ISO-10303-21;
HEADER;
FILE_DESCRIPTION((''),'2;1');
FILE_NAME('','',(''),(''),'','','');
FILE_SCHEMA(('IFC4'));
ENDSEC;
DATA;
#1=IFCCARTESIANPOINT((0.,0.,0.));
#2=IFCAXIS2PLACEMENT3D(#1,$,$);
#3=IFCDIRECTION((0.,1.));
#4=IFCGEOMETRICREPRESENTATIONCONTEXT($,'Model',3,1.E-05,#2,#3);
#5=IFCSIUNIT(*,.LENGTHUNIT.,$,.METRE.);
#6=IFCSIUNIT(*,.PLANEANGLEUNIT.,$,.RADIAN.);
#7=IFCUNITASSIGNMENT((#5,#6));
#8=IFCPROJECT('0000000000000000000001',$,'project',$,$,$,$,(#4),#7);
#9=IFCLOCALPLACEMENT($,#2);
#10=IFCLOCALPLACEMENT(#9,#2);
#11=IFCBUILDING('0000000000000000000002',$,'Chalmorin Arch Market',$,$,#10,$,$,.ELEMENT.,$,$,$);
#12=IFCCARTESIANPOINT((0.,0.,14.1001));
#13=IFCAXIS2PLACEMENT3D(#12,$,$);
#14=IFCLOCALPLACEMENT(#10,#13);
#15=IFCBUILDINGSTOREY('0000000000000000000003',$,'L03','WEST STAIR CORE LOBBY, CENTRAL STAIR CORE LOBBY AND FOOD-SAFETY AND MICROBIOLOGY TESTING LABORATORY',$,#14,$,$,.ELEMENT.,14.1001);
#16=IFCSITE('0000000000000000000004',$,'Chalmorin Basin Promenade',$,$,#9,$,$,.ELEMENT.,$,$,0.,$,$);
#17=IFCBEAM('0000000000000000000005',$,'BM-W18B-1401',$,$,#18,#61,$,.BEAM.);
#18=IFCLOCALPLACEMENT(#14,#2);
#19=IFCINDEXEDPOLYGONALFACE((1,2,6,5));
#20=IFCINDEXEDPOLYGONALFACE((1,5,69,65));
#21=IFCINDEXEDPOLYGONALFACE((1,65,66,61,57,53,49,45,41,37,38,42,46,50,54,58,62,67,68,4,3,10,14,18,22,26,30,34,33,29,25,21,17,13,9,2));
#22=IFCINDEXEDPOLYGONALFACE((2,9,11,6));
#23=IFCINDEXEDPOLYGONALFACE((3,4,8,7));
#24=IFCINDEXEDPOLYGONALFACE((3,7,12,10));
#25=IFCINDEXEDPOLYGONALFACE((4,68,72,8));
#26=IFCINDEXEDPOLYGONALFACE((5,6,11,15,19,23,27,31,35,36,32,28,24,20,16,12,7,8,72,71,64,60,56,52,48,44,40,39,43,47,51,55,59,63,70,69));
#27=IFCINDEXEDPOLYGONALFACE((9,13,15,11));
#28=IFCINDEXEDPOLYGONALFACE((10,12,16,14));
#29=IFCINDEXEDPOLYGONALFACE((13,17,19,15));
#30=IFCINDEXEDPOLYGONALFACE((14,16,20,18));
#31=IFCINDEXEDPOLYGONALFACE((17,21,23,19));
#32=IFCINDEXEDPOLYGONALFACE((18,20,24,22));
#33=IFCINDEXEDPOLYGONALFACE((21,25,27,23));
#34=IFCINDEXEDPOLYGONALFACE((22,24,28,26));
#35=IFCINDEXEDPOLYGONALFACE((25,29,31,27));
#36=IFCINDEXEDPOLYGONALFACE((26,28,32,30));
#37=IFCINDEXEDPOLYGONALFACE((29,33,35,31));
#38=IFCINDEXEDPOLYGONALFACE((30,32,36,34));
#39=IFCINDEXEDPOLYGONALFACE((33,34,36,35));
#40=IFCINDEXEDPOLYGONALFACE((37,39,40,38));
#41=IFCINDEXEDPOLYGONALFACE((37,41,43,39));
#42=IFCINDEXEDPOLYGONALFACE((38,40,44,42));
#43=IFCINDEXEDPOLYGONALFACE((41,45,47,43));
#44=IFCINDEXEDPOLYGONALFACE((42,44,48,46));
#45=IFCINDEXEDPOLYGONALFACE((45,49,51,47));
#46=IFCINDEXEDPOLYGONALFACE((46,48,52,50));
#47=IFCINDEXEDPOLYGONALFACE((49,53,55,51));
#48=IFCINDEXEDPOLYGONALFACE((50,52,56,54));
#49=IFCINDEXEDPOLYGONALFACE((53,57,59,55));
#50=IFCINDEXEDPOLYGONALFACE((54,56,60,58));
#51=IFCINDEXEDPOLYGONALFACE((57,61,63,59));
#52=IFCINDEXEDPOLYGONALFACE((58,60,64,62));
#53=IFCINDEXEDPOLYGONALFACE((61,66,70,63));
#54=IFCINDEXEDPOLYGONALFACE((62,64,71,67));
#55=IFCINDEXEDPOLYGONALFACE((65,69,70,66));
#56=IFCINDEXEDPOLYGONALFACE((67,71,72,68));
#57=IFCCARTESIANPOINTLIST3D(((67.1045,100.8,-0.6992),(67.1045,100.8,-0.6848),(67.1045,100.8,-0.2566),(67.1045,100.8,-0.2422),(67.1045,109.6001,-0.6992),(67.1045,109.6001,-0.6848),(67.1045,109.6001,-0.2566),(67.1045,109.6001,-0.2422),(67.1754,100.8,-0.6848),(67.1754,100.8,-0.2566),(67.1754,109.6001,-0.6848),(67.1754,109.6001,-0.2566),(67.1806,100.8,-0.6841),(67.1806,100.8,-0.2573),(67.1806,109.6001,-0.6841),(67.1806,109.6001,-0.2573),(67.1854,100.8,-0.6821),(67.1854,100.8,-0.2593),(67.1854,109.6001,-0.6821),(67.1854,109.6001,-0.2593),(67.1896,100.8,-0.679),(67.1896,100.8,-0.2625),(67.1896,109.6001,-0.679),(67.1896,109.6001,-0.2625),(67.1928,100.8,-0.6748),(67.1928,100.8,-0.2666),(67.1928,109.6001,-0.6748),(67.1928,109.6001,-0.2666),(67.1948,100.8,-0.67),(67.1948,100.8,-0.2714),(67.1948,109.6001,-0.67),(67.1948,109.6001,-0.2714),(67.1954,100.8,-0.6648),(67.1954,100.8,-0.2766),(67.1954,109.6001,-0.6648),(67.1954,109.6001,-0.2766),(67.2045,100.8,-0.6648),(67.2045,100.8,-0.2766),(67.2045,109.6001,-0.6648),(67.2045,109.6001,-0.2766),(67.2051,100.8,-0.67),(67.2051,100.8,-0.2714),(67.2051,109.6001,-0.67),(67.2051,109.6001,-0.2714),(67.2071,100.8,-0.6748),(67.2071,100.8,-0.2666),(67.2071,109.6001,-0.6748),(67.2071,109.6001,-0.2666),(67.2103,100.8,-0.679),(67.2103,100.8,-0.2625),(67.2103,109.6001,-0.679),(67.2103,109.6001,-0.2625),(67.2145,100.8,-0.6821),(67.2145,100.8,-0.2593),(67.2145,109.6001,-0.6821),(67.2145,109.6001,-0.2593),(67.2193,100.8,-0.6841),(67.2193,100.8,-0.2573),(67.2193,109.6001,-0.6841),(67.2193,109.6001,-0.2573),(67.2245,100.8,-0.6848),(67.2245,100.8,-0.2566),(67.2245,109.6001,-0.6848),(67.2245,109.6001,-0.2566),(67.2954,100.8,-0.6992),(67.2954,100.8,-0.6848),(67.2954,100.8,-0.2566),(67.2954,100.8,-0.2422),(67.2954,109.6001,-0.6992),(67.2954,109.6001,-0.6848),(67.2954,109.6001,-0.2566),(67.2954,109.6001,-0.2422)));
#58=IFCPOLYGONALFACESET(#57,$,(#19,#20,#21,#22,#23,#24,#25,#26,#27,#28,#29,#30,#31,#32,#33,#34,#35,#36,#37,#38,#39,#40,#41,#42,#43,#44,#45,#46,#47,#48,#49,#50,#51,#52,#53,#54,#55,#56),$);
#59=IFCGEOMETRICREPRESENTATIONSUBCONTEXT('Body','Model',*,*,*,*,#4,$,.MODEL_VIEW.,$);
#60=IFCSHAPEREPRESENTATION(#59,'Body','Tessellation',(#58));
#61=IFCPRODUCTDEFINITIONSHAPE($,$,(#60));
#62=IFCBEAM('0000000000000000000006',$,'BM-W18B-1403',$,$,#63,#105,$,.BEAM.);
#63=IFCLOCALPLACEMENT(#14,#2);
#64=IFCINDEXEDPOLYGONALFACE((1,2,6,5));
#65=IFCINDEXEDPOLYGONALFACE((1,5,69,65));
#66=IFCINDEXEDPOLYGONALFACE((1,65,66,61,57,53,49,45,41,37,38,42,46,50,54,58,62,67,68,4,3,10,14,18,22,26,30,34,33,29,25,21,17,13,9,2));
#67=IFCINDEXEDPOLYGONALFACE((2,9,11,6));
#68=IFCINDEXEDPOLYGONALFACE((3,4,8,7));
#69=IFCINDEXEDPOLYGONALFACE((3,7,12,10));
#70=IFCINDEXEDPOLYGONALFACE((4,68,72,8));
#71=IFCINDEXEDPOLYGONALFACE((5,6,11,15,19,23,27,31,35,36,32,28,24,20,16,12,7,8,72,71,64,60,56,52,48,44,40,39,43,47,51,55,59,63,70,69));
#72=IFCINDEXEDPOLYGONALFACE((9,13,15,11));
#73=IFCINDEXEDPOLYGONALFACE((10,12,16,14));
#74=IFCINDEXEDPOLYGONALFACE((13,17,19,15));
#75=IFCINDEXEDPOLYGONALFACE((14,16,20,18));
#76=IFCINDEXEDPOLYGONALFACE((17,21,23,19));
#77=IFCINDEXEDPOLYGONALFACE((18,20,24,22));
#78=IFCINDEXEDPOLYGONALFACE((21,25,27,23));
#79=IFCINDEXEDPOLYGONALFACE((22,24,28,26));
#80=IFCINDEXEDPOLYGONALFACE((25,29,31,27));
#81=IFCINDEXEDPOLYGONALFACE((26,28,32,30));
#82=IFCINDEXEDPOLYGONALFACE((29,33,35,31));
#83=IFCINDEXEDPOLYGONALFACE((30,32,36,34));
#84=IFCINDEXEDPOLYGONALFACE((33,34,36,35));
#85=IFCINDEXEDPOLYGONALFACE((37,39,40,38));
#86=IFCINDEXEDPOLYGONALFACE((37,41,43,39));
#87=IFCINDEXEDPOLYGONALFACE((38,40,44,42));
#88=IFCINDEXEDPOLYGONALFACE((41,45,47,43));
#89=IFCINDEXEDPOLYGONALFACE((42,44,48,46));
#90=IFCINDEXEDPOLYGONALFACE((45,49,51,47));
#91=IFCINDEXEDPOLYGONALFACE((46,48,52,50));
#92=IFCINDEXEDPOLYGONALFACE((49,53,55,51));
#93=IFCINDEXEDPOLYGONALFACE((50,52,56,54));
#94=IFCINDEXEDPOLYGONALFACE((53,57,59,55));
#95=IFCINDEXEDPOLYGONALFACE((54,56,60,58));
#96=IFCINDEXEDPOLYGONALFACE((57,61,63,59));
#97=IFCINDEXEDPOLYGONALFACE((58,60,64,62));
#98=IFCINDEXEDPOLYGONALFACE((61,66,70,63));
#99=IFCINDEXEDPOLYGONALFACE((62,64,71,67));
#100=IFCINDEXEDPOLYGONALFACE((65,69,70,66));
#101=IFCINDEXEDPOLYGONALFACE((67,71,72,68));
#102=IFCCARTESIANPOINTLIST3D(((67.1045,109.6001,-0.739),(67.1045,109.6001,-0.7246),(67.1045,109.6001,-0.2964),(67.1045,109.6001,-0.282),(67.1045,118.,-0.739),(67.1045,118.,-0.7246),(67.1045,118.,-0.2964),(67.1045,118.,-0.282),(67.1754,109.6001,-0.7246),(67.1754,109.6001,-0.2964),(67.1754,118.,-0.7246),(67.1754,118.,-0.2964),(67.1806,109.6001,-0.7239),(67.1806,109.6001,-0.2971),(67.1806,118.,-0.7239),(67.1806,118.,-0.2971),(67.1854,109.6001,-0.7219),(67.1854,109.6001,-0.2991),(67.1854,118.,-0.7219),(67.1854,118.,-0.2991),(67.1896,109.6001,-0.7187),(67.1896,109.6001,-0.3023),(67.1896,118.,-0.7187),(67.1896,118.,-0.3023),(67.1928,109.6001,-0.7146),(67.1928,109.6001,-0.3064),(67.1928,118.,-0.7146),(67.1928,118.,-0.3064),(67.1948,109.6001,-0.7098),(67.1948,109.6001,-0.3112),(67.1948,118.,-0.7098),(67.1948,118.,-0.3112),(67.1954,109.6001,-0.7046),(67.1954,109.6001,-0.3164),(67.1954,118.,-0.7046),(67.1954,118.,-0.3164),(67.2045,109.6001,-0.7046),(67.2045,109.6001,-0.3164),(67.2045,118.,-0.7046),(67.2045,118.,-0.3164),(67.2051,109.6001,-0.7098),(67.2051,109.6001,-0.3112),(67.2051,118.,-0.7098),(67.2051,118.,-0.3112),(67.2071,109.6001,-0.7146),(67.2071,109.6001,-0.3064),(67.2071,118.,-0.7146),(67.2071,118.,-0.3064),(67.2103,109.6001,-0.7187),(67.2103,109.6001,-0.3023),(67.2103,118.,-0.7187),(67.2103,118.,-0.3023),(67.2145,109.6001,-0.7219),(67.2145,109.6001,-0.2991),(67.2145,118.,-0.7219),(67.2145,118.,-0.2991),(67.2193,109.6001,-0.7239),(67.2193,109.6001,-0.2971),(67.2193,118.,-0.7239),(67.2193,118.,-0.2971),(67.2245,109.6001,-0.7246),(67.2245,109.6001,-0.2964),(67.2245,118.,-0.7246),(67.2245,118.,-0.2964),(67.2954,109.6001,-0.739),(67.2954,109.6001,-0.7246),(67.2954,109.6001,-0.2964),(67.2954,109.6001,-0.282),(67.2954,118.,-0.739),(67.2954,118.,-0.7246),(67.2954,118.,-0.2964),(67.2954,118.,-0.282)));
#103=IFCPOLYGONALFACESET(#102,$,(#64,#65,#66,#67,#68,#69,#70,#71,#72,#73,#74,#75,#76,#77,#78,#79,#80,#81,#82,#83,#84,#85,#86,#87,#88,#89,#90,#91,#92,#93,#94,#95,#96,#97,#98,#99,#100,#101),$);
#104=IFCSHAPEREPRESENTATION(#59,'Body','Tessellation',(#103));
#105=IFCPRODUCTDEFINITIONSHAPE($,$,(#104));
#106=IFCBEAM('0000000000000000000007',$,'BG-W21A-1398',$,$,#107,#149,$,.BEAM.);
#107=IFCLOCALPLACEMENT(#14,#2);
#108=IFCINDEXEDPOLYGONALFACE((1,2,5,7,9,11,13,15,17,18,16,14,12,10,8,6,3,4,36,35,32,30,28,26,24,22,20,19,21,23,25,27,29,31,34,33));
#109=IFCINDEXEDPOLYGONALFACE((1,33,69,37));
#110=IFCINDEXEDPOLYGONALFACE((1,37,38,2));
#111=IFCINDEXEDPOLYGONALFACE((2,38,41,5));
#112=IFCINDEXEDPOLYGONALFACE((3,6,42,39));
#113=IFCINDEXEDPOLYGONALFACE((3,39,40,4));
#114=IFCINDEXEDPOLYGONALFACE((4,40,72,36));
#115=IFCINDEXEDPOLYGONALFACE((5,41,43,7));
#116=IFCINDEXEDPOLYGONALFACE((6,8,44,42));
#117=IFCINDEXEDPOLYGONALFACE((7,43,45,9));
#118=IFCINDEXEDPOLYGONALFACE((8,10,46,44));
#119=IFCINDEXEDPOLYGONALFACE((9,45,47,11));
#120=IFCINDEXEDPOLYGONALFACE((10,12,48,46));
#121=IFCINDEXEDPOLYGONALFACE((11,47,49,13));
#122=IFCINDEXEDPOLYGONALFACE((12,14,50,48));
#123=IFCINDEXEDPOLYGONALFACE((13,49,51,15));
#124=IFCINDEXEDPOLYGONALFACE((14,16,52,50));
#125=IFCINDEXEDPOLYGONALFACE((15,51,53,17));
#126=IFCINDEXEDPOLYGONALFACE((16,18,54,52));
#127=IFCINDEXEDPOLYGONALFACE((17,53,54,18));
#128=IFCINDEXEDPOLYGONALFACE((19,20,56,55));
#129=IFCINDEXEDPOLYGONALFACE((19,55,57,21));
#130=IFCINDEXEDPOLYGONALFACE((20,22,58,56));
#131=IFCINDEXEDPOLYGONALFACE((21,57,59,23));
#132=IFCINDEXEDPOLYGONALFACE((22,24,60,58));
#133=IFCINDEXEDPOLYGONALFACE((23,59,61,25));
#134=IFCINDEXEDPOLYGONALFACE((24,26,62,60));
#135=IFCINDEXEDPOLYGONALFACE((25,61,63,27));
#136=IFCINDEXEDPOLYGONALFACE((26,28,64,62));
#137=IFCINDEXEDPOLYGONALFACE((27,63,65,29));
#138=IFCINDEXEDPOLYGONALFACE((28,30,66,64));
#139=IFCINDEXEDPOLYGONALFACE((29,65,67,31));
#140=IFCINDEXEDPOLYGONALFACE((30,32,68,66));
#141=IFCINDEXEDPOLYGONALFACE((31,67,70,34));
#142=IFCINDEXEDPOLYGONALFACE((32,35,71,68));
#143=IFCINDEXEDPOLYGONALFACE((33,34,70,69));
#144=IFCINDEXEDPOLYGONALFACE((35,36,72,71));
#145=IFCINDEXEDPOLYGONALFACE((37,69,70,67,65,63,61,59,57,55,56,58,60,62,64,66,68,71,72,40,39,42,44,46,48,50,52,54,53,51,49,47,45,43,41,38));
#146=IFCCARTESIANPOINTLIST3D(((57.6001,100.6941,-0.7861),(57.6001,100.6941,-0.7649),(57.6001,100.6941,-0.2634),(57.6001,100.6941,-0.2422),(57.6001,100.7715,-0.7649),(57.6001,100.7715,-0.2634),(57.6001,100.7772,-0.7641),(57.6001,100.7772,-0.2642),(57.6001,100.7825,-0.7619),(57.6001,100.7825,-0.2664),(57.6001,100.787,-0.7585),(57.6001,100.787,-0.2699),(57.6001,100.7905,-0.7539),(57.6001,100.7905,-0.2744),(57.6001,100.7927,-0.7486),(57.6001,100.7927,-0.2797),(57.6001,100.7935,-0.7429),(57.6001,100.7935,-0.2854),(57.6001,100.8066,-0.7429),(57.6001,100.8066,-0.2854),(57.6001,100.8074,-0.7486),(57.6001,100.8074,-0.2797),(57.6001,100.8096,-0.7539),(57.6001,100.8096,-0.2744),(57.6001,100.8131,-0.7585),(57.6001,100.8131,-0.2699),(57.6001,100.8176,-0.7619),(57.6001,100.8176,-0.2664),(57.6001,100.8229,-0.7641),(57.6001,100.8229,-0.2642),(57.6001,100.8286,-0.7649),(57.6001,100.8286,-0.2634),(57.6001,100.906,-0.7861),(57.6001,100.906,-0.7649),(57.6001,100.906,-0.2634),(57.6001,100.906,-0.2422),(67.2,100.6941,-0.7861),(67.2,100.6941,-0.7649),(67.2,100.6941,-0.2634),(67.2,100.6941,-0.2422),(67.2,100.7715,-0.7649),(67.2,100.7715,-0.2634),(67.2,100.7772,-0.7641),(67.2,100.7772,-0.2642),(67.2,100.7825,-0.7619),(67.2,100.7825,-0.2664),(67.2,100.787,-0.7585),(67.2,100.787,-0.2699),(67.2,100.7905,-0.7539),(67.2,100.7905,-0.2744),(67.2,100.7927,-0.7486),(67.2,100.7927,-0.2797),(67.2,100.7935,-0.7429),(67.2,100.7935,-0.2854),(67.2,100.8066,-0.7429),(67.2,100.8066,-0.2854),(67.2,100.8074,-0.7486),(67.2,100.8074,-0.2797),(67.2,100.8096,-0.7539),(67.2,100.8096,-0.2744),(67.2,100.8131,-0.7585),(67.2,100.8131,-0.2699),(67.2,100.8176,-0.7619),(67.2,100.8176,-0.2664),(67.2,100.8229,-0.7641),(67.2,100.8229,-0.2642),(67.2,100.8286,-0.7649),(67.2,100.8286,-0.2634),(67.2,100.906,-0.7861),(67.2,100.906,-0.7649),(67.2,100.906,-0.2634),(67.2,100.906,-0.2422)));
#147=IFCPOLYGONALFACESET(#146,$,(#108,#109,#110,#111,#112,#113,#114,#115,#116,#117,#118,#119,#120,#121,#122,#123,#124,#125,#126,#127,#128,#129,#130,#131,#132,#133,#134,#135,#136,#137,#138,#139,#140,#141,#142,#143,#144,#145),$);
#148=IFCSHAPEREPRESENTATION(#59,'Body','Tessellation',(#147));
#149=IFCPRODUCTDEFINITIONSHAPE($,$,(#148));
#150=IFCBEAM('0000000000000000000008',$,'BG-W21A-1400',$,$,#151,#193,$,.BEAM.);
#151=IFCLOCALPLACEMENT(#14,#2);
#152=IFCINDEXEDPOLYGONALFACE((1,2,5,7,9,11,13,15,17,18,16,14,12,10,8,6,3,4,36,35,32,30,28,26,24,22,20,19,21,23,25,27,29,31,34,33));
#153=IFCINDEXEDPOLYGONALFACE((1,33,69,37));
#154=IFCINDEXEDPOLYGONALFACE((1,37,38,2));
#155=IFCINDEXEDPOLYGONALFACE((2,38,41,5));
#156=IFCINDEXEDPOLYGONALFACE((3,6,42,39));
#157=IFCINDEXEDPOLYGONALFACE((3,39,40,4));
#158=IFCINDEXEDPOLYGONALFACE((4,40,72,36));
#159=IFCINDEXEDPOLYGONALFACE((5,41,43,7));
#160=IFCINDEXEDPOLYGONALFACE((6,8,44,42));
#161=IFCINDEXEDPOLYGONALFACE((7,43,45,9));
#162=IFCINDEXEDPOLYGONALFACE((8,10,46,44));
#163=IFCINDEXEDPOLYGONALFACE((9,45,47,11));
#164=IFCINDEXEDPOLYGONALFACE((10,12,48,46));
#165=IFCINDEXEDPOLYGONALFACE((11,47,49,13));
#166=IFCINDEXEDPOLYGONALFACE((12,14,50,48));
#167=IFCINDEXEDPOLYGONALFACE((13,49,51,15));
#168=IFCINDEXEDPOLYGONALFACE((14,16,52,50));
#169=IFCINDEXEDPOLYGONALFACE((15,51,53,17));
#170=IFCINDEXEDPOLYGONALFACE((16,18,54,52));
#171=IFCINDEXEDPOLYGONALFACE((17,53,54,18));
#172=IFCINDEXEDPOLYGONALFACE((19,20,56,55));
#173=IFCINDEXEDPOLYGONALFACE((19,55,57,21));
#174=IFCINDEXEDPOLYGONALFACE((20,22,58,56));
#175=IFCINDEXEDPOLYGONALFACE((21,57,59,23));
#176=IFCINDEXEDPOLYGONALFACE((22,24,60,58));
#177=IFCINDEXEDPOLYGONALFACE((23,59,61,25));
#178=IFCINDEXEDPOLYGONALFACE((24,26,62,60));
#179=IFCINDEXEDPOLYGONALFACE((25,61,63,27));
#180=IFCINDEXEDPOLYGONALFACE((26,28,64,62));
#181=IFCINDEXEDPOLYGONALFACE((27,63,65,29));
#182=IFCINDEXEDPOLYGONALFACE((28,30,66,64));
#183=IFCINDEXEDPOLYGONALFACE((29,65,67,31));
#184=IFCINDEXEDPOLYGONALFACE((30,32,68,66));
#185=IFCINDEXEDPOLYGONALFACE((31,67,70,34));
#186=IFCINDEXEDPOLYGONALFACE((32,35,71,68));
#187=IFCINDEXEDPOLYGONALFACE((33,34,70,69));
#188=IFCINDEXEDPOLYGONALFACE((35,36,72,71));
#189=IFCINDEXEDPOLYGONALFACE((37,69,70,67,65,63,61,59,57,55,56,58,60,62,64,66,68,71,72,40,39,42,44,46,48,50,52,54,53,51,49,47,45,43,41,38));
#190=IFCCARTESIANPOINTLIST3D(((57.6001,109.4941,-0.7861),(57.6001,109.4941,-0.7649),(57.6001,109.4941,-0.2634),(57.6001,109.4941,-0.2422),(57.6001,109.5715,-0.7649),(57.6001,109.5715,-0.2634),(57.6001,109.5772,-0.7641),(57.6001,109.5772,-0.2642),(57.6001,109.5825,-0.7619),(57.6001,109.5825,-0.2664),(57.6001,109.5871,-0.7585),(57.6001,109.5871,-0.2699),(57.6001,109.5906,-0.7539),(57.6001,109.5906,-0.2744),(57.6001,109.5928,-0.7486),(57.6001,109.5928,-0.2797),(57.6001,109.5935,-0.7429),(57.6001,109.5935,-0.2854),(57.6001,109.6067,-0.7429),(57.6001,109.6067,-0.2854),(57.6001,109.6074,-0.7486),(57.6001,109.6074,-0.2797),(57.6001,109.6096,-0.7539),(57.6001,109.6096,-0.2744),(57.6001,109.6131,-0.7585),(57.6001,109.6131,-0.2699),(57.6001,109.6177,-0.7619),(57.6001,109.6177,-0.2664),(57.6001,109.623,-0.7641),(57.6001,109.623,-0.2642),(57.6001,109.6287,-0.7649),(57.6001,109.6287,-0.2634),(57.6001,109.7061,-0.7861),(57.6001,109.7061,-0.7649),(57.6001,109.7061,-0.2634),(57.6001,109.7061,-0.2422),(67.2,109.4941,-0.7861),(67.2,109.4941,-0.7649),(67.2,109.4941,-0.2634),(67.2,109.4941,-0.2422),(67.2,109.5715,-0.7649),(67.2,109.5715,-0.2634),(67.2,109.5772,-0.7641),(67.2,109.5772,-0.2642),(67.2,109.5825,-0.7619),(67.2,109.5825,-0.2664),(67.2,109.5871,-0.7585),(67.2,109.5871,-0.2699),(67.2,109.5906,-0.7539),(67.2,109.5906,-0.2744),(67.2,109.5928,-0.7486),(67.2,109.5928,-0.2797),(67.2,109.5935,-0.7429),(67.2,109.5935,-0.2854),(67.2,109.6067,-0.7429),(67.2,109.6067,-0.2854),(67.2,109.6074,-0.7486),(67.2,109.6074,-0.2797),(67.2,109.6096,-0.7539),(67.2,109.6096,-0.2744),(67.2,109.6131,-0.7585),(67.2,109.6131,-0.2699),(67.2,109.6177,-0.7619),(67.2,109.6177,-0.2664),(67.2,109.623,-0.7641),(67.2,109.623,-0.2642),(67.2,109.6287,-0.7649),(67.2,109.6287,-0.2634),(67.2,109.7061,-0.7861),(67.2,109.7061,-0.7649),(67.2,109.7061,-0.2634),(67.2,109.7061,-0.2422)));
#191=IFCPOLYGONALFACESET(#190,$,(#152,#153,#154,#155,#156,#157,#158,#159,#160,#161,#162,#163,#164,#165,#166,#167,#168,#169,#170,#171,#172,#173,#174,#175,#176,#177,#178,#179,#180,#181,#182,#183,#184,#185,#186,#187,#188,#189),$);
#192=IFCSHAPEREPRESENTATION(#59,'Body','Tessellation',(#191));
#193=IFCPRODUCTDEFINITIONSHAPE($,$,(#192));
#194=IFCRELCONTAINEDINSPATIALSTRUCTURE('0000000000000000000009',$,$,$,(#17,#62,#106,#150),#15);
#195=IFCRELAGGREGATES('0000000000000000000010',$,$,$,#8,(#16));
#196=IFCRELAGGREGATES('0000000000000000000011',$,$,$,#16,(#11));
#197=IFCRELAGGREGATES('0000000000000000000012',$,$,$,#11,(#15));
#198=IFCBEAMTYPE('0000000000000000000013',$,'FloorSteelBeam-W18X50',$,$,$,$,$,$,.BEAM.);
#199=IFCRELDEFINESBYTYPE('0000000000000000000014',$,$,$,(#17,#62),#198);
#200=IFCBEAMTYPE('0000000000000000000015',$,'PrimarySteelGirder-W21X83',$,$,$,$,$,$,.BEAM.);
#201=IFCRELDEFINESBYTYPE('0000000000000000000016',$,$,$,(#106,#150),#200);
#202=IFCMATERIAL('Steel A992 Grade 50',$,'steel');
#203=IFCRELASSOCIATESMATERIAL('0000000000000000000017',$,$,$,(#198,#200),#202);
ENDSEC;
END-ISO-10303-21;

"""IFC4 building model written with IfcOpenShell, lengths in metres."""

from ifc_helpers import new_model, si_unit, direction, frame, origin, origin_2d, place, context, subcontext, project, spatial, i_section, extrude, material, material_profile, profile_set, type_object, element, save


model = new_model("IFC4")

# Units and contexts
model_context = context("Model", 3, precision=1e-05, world=origin(), true_north=direction((0.0, 1.0)))
body_context = subcontext(model_context, "Body", "Model", "MODEL_VIEW")
ifc_project = project(units=[si_unit("LENGTHUNIT", "METRE"), si_unit("PLANEANGLEUNIT", "RADIAN")], contexts=[model_context])

# Site, building, storey
site_placement = place(None, origin())
site = spatial("IfcSite", under=ifc_project, at=site_placement, Name="Chalmorin Basin Promenade", CompositionType="ELEMENT", RefElevation=0.0)
building_placement = place(site_placement, origin())
building = spatial("IfcBuilding", under=site, at=building_placement, Name="Chalmorin Arch Market", CompositionType="ELEMENT")
storey_placement = place(building_placement, frame((0.0, 0.0, 14.1001)))
storey = spatial("IfcBuildingStorey", under=building, at=storey_placement, Name="L03", Description="WEST STAIR CORE LOBBY, CENTRAL STAIR CORE LOBBY AND FOOD-SAFETY AND MICROBIOLOGY TESTING LABORATORY", CompositionType="ELEMENT", Elevation=14.1001)

# Beams
ifc_material_1 = material(Name="Steel A992 Grade 50", Category="steel")
ifc_material_profile_1 = material_profile(ifc_material_1, i_section(OverallWidth=0.1909, OverallDepth=0.457, WebThickness=0.009, FlangeThickness=0.0144, FilletRadius=0.02, at=origin_2d()), Name="W18X50")
ifc_profile_set_1 = profile_set([ifc_material_profile_1], Name="Steel A992 Grade 50")
beam_type_1 = type_object("IfcBeamType", Name="FloorSteelBeam-W18X50", PredefinedType="BEAM", material=ifc_profile_set_1)
beam_1_placement = place(storey_placement, frame((67.2, 100.8, -0.4707), z_axis=(0.0, 1.0, 0.0), x_axis=(-1.0, 0.0, 0.0)))
element("IfcBeam", 1, at=beam_1_placement, inside=storey, type_object=beam_type_1, Name="BM-W18B-1401", PredefinedType="BEAM", context=body_context, shape_type="SweptSolid", body=[
    extrude(i_section(OverallWidth=0.1909, OverallDepth=0.457, WebThickness=0.009, FlangeThickness=0.0144, FilletRadius=0.02, at=origin_2d()), origin(), (0.0, 0.0, 1.0), 8.8),
])
beam_2_placement = place(storey_placement, frame((67.2, 109.6001, -0.5105), z_axis=(0.0, 1.0, 0.0), x_axis=(-1.0, 0.0, 0.0)))
element("IfcBeam", 2, at=beam_2_placement, inside=storey, type_object=beam_type_1, Name="BM-W18B-1403", PredefinedType="BEAM", context=body_context, shape_type="SweptSolid", body=[
    extrude(i_section(OverallWidth=0.1909, OverallDepth=0.457, WebThickness=0.009, FlangeThickness=0.0144, FilletRadius=0.02, at=origin_2d()), origin(), (0.0, 0.0, 1.0), 8.3999),
])
ifc_material_profile_2 = material_profile(ifc_material_1, i_section(OverallWidth=0.2119, OverallDepth=0.5439, WebThickness=0.0132, FlangeThickness=0.0212, FilletRadius=0.022, at=origin_2d()), Name="W21X83")
ifc_profile_set_2 = profile_set([ifc_material_profile_2], Name="Steel A992 Grade 50")
beam_type_2 = type_object("IfcBeamType", Name="PrimarySteelGirder-W21X83", PredefinedType="BEAM", material=ifc_profile_set_2)
for number, where, z_axis, x_axis, name in (
    (3, (57.6001, 100.8, -0.5142), (1.0, 0.0, 0.0), (0.0, 1.0, 0.0), "BG-W21A-1398"),
    (4, (57.6001, 109.6001, -0.5142), (1.0, 0.0, 0.0), (0.0, 1.0, 0.0), "BG-W21A-1400"),
):
    element("IfcBeam", number, at=place(storey_placement, frame(where, z_axis=z_axis, x_axis=x_axis)), inside=storey, type_object=beam_type_2, Name=name, PredefinedType="BEAM", context=body_context, shape_type="SweptSolid", body=[
        extrude(i_section(OverallWidth=0.2119, OverallDepth=0.5439, WebThickness=0.0132, FlangeThickness=0.0212, FilletRadius=0.022, at=origin_2d()), origin(), (0.0, 0.0, 1.0), 9.5999),
    ])

save(model, "model.ifc")
